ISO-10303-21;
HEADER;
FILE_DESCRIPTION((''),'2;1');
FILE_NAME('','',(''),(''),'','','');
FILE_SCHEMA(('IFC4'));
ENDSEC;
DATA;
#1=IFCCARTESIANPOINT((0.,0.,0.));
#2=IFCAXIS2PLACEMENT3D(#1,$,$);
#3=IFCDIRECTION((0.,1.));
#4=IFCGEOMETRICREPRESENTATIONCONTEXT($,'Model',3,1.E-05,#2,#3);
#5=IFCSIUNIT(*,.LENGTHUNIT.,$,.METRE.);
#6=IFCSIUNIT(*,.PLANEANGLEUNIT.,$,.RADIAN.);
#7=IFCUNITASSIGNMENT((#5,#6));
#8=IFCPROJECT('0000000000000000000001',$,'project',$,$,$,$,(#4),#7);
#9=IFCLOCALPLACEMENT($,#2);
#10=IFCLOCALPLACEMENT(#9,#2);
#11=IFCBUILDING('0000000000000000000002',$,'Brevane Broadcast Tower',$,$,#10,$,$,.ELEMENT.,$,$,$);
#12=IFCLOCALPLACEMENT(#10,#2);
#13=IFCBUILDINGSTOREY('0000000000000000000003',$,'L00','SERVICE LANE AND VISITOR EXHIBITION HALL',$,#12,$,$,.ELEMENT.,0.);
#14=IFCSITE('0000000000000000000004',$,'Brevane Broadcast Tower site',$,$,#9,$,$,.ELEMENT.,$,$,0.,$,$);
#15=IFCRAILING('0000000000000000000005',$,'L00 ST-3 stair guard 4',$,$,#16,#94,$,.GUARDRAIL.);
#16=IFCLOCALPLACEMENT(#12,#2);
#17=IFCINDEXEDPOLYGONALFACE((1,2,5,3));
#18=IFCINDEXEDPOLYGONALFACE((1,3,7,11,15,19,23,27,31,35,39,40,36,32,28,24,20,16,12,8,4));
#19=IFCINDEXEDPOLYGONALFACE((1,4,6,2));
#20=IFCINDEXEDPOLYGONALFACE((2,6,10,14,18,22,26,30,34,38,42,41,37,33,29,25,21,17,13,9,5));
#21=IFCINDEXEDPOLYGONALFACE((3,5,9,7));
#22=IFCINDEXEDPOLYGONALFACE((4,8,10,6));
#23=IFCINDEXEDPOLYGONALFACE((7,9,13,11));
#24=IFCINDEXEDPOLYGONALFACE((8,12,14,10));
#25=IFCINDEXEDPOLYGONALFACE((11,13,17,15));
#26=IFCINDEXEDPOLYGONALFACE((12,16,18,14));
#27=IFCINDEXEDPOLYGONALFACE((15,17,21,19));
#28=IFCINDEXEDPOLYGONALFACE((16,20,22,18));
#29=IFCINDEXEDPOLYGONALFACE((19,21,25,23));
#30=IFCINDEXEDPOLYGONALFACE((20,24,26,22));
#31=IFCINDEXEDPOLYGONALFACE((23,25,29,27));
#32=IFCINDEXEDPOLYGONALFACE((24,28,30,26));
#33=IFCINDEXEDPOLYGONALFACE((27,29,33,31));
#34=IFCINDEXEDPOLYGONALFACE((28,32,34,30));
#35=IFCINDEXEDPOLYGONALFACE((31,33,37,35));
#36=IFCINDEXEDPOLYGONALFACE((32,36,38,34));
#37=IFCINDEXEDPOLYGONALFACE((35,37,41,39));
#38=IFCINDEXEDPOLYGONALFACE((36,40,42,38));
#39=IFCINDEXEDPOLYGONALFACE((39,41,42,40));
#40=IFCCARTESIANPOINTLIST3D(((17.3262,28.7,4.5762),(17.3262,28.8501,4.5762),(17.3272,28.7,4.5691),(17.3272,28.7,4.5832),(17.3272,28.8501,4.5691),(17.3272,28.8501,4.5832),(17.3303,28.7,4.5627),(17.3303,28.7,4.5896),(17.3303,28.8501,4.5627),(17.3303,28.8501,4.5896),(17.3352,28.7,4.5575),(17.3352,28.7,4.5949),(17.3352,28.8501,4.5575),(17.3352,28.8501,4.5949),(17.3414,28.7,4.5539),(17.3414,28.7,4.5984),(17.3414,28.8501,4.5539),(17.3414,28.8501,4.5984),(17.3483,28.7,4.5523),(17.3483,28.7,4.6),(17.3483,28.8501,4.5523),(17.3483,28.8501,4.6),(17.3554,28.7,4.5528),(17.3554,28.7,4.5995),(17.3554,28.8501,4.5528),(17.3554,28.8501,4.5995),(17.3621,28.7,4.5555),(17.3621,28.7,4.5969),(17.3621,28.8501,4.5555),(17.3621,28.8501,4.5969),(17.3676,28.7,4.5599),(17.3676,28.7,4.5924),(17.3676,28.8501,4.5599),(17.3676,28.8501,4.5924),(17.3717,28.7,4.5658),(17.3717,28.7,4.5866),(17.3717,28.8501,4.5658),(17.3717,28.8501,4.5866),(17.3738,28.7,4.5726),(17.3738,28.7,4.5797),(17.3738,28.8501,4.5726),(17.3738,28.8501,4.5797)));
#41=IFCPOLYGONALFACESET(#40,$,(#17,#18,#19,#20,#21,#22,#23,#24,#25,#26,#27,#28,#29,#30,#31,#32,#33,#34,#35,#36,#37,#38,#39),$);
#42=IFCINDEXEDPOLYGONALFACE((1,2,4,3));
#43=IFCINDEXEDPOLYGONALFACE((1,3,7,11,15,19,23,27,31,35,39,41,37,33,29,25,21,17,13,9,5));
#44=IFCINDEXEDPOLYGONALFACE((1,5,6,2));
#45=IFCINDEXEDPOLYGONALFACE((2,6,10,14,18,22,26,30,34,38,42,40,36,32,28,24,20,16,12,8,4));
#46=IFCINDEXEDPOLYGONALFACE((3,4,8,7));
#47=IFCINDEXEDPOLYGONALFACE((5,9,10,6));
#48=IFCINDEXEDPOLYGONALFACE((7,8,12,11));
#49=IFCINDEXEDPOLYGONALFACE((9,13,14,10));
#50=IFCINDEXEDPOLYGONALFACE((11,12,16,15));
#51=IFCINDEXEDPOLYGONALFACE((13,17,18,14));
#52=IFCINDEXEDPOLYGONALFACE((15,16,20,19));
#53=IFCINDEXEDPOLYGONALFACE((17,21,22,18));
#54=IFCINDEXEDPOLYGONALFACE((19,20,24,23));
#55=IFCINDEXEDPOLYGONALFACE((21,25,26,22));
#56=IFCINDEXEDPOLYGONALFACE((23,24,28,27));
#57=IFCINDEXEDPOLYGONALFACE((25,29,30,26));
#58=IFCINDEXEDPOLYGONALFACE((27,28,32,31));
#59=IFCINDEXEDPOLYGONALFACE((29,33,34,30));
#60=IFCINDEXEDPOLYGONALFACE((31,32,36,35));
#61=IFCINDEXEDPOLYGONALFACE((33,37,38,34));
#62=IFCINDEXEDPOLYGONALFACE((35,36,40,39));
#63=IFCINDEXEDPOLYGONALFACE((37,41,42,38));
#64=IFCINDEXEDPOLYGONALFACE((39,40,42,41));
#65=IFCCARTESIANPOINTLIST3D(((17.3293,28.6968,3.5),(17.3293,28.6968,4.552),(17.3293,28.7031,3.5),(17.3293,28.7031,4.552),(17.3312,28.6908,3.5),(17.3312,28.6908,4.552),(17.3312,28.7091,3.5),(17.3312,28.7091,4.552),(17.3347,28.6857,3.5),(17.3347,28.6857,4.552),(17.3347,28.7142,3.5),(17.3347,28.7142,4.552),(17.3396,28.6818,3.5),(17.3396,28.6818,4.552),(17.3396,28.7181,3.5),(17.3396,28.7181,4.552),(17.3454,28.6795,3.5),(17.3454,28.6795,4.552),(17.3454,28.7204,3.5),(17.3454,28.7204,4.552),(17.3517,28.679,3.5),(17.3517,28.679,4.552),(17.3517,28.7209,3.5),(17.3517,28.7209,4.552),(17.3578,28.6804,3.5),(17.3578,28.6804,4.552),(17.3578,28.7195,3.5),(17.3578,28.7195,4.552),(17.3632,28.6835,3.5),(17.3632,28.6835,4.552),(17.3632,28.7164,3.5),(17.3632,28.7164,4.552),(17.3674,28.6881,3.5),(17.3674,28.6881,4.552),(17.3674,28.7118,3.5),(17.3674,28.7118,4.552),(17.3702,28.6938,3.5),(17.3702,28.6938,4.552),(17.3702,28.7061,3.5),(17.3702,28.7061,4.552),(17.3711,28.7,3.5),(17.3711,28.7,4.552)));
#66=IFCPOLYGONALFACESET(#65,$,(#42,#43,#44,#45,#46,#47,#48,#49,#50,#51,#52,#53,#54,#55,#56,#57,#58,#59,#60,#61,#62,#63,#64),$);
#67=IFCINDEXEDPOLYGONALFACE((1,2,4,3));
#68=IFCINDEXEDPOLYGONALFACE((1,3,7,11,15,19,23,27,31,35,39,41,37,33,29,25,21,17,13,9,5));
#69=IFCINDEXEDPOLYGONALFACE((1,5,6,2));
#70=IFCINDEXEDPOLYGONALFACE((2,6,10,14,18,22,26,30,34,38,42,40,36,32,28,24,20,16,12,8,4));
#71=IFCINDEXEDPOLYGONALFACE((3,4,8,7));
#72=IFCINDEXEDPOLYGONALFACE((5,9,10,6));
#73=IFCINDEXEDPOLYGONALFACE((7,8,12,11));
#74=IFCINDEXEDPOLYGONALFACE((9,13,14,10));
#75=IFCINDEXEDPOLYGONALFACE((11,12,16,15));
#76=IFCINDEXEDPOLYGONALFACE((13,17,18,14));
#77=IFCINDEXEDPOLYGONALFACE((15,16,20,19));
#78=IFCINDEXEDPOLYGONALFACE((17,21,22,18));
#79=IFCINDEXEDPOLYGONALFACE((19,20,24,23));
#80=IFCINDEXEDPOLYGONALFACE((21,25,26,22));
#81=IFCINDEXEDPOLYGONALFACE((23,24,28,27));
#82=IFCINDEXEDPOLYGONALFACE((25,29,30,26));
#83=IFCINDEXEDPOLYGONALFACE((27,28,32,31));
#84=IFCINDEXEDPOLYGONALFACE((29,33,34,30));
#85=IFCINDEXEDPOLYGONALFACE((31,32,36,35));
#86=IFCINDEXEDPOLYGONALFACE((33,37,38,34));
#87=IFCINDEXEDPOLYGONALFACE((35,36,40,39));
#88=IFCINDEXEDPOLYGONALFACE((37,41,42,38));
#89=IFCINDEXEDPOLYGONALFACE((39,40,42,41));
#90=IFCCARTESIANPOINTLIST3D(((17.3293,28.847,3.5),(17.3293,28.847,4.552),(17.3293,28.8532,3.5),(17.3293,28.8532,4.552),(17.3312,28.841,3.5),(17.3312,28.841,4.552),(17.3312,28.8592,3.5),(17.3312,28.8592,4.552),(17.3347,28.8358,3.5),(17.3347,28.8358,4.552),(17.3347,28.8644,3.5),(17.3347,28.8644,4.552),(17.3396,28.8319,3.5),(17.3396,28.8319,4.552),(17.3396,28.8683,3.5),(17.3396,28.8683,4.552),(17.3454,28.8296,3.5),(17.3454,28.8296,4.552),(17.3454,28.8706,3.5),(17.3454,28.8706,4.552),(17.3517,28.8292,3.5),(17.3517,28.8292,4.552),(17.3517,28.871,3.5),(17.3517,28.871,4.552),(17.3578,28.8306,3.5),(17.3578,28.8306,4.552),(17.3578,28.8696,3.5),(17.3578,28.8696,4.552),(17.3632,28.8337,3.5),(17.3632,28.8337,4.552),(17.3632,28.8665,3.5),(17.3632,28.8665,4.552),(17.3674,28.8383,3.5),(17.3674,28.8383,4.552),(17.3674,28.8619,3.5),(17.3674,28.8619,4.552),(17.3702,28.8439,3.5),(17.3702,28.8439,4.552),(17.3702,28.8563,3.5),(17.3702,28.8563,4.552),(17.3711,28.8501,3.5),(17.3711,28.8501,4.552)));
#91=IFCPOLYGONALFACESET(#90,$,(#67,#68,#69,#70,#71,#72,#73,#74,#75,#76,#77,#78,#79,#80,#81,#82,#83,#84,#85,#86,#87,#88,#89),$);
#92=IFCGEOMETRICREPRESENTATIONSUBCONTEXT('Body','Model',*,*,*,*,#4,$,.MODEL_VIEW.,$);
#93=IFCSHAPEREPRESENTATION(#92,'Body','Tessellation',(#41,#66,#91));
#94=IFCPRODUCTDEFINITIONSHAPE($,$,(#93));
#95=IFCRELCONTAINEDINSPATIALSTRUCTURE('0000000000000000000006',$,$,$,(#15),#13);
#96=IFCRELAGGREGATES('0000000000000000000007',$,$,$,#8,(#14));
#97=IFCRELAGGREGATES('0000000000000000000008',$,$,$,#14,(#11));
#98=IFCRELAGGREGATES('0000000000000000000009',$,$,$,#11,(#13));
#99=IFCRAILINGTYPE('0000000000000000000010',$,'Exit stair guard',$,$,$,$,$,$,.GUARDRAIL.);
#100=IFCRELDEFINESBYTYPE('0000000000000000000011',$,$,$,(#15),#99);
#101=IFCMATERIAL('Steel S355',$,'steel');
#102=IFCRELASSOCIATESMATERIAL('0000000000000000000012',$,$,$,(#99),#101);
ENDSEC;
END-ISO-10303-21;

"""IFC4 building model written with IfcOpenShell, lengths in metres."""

from ifc_helpers import new_model, si_unit, direction, frame, origin, origin_2d, place, context, subcontext, project, spatial, circle, extrude, material, type_object, element, save


model = new_model("IFC4")

# Units and contexts
model_context = context("Model", 3, precision=1e-05, world=origin(), true_north=direction((0.0, 1.0)))
body_context = subcontext(model_context, "Body", "Model", "MODEL_VIEW")
ifc_project = project(units=[si_unit("LENGTHUNIT", "METRE"), si_unit("PLANEANGLEUNIT", "RADIAN")], contexts=[model_context])

# Site, building, storey
site_placement = place(None, origin())
site = spatial("IfcSite", under=ifc_project, at=site_placement, Name="Brevane Broadcast Tower site", CompositionType="ELEMENT", RefElevation=0.0)
building_placement = place(site_placement, origin())
building = spatial("IfcBuilding", under=site, at=building_placement, Name="Brevane Broadcast Tower", CompositionType="ELEMENT")
storey_placement = place(building_placement, origin())
storey = spatial("IfcBuildingStorey", under=building, at=storey_placement, Name="L00", Description="SERVICE LANE AND VISITOR EXHIBITION HALL", CompositionType="ELEMENT", Elevation=0.0)

# Railing
ifc_material_1 = material(Name="Steel S355", Category="steel")
railing_type_1 = type_object("IfcRailingType", Name="Exit stair guard", PredefinedType="GUARDRAIL", material=ifc_material_1)
railing_1_placement = place(storey_placement, frame((17.3501, 28.7, 3.5)))
element("IfcRailing", 1, at=railing_1_placement, inside=storey, type_object=railing_type_1, Name="L00 ST-3 stair guard 4", PredefinedType="GUARDRAIL", context=body_context, shape_type="SweptSolid", body=[
    extrude(circle(Radius=0.0239, at=origin_2d()), frame((0.0, 0.0, 1.0762), z_axis=(0.0, 1.0, 0.0), x_axis=(-1.0, 0.0, 0.0)), (0.0, 0.0, 1.0), 0.1501),
    extrude(circle(Radius=0.021, at=origin_2d()), origin(), (0.0, 0.0, 1.0), 1.052),
    extrude(circle(Radius=0.021, at=origin_2d()), frame((0.0, 0.1501, 0.0)), (0.0, 0.0, 1.0), 1.052),
])

save(model, "model.ifc")
